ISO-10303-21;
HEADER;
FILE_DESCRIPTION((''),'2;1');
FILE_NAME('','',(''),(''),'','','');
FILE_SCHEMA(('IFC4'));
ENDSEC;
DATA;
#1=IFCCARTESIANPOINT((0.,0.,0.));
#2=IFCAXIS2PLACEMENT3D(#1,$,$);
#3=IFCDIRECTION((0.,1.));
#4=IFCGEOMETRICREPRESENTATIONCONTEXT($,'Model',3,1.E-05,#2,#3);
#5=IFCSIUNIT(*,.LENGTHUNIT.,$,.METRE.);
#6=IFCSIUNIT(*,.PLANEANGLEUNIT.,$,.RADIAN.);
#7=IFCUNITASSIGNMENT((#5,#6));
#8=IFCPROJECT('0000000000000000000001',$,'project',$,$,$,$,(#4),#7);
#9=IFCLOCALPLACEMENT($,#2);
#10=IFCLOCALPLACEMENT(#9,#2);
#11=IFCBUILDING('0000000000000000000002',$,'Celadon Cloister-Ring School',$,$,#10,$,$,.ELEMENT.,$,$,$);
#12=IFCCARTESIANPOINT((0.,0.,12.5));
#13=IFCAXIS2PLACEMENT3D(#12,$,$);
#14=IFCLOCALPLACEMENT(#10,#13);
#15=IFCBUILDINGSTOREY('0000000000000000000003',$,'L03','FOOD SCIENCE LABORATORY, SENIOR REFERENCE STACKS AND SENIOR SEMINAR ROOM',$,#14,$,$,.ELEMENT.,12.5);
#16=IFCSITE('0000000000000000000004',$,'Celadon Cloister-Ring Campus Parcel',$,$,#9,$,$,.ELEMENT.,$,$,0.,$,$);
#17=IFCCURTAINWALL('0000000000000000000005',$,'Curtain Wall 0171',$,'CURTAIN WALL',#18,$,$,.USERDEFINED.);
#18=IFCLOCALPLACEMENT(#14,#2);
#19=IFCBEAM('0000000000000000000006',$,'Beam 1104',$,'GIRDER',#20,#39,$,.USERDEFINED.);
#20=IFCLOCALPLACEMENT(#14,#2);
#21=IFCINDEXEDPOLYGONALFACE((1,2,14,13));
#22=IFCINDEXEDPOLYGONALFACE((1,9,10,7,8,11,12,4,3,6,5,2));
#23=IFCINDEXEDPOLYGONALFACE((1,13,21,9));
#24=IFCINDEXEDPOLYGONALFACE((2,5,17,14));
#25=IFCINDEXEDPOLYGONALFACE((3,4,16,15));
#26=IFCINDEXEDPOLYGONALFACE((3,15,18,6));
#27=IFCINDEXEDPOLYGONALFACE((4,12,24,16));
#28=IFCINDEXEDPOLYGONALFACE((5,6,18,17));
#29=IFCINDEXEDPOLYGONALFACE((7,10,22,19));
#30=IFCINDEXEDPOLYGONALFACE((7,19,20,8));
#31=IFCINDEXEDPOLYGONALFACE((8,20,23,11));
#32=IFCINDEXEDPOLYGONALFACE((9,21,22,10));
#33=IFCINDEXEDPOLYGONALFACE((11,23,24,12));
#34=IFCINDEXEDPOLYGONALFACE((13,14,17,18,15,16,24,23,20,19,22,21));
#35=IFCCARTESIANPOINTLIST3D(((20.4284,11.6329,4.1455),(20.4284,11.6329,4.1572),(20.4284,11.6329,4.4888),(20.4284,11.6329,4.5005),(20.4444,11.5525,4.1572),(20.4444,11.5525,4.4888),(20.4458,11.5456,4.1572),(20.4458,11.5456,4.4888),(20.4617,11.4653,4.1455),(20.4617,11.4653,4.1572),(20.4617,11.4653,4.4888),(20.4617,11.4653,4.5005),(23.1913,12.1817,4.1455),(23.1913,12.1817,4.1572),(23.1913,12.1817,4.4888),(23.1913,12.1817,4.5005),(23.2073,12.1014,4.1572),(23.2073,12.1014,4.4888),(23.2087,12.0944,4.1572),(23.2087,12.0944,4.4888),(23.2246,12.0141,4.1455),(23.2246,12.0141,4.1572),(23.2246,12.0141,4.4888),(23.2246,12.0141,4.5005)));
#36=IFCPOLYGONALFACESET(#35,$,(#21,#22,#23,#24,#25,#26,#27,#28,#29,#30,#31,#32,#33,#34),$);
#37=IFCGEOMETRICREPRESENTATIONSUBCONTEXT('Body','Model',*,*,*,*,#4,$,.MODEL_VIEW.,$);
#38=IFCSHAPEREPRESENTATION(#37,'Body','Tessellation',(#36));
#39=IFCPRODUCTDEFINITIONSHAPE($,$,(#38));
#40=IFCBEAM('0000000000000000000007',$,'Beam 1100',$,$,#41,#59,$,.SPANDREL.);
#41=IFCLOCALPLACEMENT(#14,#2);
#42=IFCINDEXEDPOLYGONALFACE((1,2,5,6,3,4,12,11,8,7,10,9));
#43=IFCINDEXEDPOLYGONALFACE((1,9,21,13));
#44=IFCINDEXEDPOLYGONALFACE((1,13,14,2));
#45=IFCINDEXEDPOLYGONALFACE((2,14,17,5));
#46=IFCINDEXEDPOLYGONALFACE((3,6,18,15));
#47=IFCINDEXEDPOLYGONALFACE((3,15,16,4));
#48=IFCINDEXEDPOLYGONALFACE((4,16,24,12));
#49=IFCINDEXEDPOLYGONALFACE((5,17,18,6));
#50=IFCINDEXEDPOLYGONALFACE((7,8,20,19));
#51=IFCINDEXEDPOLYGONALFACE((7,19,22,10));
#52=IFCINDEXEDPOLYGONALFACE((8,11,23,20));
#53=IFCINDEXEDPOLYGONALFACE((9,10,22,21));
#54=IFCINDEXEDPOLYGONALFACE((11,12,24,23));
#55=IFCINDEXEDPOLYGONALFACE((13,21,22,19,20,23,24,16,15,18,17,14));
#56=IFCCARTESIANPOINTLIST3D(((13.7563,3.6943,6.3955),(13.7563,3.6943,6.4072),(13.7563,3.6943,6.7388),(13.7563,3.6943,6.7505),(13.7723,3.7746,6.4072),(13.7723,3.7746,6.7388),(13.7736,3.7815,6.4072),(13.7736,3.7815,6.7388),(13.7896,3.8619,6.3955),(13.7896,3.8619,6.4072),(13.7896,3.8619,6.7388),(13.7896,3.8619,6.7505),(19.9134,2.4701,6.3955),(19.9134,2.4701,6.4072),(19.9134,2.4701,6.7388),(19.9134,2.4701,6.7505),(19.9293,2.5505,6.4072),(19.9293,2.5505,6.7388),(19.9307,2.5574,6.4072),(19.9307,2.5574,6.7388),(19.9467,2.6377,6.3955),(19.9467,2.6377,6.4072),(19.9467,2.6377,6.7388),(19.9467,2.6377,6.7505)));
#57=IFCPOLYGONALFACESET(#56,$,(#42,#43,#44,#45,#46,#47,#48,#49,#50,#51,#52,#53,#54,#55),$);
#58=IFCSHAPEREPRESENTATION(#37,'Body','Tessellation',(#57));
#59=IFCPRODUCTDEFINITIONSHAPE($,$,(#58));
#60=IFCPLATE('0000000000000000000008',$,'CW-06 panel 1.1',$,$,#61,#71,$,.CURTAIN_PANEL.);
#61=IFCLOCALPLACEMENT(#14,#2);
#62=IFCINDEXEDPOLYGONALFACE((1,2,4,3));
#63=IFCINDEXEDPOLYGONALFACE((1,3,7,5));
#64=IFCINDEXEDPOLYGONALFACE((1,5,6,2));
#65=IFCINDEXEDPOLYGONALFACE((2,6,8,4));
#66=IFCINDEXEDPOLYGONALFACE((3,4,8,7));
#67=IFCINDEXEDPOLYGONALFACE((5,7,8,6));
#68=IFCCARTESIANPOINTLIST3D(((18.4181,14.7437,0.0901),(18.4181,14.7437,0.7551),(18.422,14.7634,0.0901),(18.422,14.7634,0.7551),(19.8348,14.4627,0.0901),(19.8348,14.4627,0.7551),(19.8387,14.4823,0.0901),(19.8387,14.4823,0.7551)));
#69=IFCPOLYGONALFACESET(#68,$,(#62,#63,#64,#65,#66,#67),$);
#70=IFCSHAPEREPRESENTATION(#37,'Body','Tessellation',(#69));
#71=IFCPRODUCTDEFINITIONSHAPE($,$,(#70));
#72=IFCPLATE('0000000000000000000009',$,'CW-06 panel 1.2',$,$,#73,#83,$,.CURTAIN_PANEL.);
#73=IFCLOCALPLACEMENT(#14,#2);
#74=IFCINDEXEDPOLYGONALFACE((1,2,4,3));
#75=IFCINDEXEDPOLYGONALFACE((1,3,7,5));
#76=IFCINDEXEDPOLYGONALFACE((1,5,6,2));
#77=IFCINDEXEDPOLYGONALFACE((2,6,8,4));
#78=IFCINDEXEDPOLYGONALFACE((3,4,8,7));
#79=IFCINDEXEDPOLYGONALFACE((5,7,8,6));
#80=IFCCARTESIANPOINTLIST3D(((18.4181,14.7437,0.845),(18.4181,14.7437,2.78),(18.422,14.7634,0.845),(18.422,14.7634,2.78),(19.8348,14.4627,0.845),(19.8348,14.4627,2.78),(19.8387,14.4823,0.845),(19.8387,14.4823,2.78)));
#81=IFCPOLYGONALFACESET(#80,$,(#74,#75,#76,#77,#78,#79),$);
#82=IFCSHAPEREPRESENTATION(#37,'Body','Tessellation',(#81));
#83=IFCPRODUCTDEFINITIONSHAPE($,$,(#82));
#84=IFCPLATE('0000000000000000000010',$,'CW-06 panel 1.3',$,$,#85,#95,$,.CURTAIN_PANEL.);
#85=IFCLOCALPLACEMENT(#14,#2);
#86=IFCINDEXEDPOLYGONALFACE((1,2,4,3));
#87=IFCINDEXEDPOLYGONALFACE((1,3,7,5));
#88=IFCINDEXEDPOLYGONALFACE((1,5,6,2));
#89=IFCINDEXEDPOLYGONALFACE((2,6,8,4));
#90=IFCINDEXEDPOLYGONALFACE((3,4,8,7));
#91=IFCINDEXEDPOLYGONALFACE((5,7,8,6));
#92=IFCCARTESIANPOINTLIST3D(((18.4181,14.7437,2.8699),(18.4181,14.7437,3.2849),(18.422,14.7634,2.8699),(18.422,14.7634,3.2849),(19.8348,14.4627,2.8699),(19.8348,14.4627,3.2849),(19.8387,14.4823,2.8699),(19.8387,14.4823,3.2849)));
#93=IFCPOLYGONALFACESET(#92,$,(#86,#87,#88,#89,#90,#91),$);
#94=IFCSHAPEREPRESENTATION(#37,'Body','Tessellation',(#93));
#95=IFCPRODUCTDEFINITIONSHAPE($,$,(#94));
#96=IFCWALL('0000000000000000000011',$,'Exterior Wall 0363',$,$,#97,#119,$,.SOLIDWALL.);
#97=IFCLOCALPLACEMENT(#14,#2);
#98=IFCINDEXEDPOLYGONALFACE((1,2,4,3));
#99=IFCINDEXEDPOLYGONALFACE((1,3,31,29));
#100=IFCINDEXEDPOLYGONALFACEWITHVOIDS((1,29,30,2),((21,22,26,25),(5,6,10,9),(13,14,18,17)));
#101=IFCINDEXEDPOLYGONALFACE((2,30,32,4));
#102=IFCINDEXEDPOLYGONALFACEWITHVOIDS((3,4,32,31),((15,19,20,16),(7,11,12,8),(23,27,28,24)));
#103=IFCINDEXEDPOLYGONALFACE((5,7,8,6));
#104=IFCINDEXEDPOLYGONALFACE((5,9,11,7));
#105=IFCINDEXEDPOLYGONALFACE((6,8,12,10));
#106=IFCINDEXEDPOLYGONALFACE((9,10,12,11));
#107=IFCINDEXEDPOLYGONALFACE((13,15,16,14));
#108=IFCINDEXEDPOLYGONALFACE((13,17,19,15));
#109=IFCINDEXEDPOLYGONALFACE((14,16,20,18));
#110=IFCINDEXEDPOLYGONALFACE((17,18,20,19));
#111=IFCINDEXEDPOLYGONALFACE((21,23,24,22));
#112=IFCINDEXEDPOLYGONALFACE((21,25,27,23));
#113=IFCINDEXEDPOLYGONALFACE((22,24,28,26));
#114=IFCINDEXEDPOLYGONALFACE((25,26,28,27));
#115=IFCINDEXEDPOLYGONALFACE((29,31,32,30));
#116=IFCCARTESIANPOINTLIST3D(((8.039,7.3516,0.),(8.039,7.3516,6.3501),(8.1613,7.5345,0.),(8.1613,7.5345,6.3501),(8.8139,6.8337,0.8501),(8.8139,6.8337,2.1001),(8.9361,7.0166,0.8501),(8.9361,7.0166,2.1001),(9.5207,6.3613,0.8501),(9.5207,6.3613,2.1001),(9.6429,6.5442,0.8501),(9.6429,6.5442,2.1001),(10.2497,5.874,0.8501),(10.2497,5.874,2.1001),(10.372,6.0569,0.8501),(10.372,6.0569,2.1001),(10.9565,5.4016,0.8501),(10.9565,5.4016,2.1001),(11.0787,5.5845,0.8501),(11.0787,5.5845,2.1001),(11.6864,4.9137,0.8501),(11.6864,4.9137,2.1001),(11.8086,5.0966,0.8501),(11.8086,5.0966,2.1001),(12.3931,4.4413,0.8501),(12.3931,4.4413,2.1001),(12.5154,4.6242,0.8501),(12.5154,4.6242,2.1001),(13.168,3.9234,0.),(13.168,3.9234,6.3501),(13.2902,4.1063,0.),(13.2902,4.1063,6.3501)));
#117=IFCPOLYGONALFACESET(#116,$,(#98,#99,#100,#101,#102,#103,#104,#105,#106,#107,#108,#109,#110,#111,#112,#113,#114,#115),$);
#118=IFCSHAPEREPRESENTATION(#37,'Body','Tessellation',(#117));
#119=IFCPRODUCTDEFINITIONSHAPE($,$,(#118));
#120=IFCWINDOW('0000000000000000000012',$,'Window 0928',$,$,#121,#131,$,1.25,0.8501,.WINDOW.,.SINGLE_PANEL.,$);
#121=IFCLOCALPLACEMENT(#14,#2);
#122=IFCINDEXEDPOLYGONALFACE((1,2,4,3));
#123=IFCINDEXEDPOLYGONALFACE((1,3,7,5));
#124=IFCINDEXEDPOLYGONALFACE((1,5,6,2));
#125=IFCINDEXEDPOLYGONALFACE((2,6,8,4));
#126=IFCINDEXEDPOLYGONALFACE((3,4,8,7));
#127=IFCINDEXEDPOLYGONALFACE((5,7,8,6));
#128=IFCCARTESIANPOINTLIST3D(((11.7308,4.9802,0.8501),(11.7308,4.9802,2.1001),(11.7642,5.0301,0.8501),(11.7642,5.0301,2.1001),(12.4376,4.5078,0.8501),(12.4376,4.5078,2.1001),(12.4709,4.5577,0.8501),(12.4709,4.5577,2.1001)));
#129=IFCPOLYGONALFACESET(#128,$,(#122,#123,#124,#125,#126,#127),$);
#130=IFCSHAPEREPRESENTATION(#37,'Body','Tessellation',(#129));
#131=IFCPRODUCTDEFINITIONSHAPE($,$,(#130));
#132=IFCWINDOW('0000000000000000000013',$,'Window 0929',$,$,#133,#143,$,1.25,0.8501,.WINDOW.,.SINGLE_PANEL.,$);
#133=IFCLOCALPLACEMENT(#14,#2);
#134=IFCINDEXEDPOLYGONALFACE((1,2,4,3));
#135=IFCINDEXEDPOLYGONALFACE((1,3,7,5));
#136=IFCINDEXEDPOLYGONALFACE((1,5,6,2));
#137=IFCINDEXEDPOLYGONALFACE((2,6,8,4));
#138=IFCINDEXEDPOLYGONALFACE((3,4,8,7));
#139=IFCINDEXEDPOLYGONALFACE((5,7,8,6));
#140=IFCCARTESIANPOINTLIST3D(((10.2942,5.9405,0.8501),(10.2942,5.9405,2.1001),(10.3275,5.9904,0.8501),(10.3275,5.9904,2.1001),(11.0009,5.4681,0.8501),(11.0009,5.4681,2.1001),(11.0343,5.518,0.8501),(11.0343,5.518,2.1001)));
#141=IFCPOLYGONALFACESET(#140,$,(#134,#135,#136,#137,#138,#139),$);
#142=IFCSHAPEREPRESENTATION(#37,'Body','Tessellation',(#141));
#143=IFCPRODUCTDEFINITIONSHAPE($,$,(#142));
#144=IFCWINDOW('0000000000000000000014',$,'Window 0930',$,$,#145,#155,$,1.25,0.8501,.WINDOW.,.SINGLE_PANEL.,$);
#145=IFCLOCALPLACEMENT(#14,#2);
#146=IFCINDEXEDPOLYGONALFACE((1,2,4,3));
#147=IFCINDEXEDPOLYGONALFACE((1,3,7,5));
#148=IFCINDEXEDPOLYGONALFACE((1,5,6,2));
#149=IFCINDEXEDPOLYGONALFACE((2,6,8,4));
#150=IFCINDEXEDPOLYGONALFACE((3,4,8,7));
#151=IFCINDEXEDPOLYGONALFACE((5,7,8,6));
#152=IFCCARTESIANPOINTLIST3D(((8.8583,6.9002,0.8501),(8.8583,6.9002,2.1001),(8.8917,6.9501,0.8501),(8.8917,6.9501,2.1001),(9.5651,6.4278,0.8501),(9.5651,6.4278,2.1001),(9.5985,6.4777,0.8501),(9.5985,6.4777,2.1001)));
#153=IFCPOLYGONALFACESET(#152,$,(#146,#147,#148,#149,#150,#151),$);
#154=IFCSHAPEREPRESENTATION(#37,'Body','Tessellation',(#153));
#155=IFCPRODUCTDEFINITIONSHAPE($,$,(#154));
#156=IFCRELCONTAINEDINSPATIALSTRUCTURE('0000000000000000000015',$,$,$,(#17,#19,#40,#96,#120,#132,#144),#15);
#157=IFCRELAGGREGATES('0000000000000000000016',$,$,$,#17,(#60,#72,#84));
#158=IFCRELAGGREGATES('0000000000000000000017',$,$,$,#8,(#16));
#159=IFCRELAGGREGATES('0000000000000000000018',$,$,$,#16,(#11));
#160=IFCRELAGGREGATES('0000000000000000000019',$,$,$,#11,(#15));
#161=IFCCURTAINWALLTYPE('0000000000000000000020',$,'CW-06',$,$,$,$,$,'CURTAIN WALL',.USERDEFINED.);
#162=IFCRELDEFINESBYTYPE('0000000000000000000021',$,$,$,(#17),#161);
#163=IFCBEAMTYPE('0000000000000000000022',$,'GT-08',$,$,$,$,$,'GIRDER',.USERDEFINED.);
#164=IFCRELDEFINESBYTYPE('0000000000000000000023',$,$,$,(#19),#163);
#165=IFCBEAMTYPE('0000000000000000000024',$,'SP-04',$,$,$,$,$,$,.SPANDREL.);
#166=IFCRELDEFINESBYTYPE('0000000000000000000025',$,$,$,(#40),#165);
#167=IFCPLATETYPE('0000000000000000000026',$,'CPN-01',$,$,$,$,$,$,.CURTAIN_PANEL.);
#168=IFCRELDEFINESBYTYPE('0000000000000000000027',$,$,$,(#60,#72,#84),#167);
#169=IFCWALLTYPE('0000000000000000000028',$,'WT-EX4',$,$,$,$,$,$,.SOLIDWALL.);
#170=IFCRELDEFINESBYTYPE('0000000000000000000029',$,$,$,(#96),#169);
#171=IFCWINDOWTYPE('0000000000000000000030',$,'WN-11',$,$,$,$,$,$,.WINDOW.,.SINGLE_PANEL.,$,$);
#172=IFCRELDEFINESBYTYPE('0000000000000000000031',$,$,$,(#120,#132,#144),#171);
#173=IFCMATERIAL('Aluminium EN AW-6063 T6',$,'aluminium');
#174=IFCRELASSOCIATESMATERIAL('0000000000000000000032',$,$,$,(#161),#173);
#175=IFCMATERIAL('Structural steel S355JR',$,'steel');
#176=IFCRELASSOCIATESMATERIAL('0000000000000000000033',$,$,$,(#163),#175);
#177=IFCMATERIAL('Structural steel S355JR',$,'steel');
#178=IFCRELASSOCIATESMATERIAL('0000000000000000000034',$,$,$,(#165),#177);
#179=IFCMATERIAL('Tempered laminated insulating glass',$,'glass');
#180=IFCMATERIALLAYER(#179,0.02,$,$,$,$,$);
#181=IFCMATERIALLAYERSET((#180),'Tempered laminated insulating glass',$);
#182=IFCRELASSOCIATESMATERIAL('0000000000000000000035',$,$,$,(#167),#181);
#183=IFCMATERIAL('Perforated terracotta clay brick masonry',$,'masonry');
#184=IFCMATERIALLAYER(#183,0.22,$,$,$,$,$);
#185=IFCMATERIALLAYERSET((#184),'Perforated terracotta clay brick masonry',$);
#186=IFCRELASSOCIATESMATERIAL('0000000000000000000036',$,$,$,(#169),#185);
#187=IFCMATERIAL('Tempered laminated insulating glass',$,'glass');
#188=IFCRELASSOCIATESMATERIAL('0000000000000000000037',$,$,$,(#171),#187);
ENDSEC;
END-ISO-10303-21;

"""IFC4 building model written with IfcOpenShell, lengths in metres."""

from ifc_helpers import new_model, si_unit, direction, frame, frame_2d, origin, origin_2d, place, context, subcontext, project, spatial, rectangle, i_section, extrude, material, layer, layer_set, material_profile, profile_set, type_object, element, fill, aggregate, save


model = new_model("IFC4")

# Units and contexts
model_context = context("Model", 3, precision=1e-05, world=origin(), true_north=direction((0.0, 1.0)))
body_context = subcontext(model_context, "Body", "Model", "MODEL_VIEW")
ifc_project = project(units=[si_unit("LENGTHUNIT", "METRE"), si_unit("PLANEANGLEUNIT", "RADIAN")], contexts=[model_context])

# Site, building, storey
site_placement = place(None, origin())
site = spatial("IfcSite", under=ifc_project, at=site_placement, Name="Celadon Cloister-Ring Campus Parcel", CompositionType="ELEMENT", RefElevation=0.0)
building_placement = place(site_placement, origin())
building = spatial("IfcBuilding", under=site, at=building_placement, Name="Celadon Cloister-Ring School", CompositionType="ELEMENT")
storey_placement = place(building_placement, frame((0.0, 0.0, 12.5)))
storey = spatial("IfcBuildingStorey", under=building, at=storey_placement, Name="L03", Description="FOOD SCIENCE LABORATORY, SENIOR REFERENCE STACKS AND SENIOR SEMINAR ROOM", CompositionType="ELEMENT", Elevation=12.5)

# Curtain wall
ifc_material_1 = material(Name="Aluminium EN AW-6063 T6", Category="aluminium")
curtain_wall_type = type_object("IfcCurtainWallType", Name="CW-06", ElementType="CURTAIN WALL", PredefinedType="USERDEFINED", material=ifc_material_1)
curtain_wall_placement = place(storey_placement, origin())
curtain_wall = element("IfcCurtainWall", 1, at=curtain_wall_placement, inside=storey, type_object=curtain_wall_type, Name="Curtain Wall 0171", ObjectType="CURTAIN WALL", PredefinedType="USERDEFINED")

# Beams
ifc_material_2 = material(Name="Structural steel S355JR", Category="steel")
ifc_material_profile_1 = material_profile(ifc_material_2, i_section(OverallWidth=0.1709, OverallDepth=0.355, WebThickness=0.0071, FlangeThickness=0.0117, at=origin_2d()), Name="W360X51")
ifc_profile_set_1 = profile_set([ifc_material_profile_1], Name="Structural steel S355JR")
beam_type_1 = type_object("IfcBeamType", Name="GT-08", ElementType="GIRDER", PredefinedType="USERDEFINED", material=ifc_profile_set_1)
beam_1_placement = place(storey_placement, frame((20.4451, 11.5491, 4.323), z_axis=(0.980837, 0.194833, 0.0), x_axis=(-0.194833, 0.980837, 0.0)))
element("IfcBeam", 2, at=beam_1_placement, inside=storey, type_object=beam_type_1, Name="Beam 1104", ObjectType="GIRDER", PredefinedType="USERDEFINED", context=body_context, shape_type="SweptSolid", body=[
    extrude(i_section(OverallWidth=0.1709, OverallDepth=0.355, WebThickness=0.0071, FlangeThickness=0.0117, at=origin_2d()), origin(), (0.0, 0.0, 1.0), 2.8169),
])
ifc_material_3 = material(Name="Structural steel S355JR", Category="steel")
ifc_material_profile_2 = material_profile(ifc_material_3, i_section(OverallWidth=0.1709, OverallDepth=0.355, WebThickness=0.0071, FlangeThickness=0.0117, at=origin_2d()), Name="W360X51")
ifc_profile_set_2 = profile_set([ifc_material_profile_2], Name="Structural steel S355JR")
beam_type_2 = type_object("IfcBeamType", Name="SP-04", PredefinedType="SPANDREL", material=ifc_profile_set_2)
beam_2_placement = place(storey_placement, frame((13.7729, 3.7781, 6.573), z_axis=(0.980803, -0.195002, 0.0), x_axis=(0.195002, 0.980803, 0.0)))
element("IfcBeam", 3, at=beam_2_placement, inside=storey, type_object=beam_type_2, Name="Beam 1100", PredefinedType="SPANDREL", context=body_context, shape_type="SweptSolid", body=[
    extrude(i_section(OverallWidth=0.1709, OverallDepth=0.355, WebThickness=0.0071, FlangeThickness=0.0117, at=origin_2d()), origin(), (0.0, 0.0, 1.0), 6.2776),
])

# Plates
ifc_material_4 = material(Name="Tempered laminated insulating glass", Category="glass")
ifc_layer_1 = layer(ifc_material_4, 0.02)
ifc_layer_set_1 = layer_set([ifc_layer_1], Name="Tempered laminated insulating glass")
plate_type = type_object("IfcPlateType", Name="CPN-01", PredefinedType="CURTAIN_PANEL", material=ifc_layer_set_1)
plate_1_placement = place(storey_placement, frame((19.1284, 14.613, 0.0901), z_axis=(0.0, 0.0, 1.0), x_axis=(0.980885, -0.194586, 0.0)))
plate_1 = element("IfcPlate", 4, at=plate_1_placement, type_object=plate_type, Name="CW-06 panel 1.1", PredefinedType="CURTAIN_PANEL", context=body_context, shape_type="SweptSolid", body=[
    extrude(rectangle(XDim=1.4443, YDim=0.02, at=origin_2d()), origin(), (0.0, 0.0, 1.0), 0.665),
])
plate_2_placement = place(storey_placement, frame((19.1284, 14.613, 0.845), z_axis=(0.0, 0.0, 1.0), x_axis=(0.980885, -0.194586, 0.0)))
plate_2 = element("IfcPlate", 5, at=plate_2_placement, type_object=plate_type, Name="CW-06 panel 1.2", PredefinedType="CURTAIN_PANEL", context=body_context, shape_type="SweptSolid", body=[
    extrude(rectangle(XDim=1.4443, YDim=0.02, at=origin_2d()), origin(), (0.0, 0.0, 1.0), 1.9351),
])
plate_3_placement = place(storey_placement, frame((19.1284, 14.613, 2.8699), z_axis=(0.0, 0.0, 1.0), x_axis=(0.980885, -0.194586, 0.0)))
plate_3 = element("IfcPlate", 6, at=plate_3_placement, type_object=plate_type, Name="CW-06 panel 1.3", PredefinedType="CURTAIN_PANEL", context=body_context, shape_type="SweptSolid", body=[
    extrude(rectangle(XDim=1.4443, YDim=0.02, at=origin_2d()), origin(), (0.0, 0.0, 1.0), 0.415),
])
aggregate(curtain_wall, [plate_1, plate_2, plate_3])

# Wall, openings, windows
ifc_material_5 = material(Name="Perforated terracotta clay brick masonry", Category="masonry")
ifc_layer_2 = layer(ifc_material_5, 0.22)
ifc_layer_set_2 = layer_set([ifc_layer_2], Name="Perforated terracotta clay brick masonry")
wall_type_1 = type_object("IfcWallType", Name="WT-EX4", PredefinedType="SOLIDWALL", material=ifc_layer_set_2)
wall_1_placement = place(storey_placement, frame((13.229, 4.0149, 0.0), z_axis=(0.0, 0.0, 1.0), x_axis=(-0.83138, 0.555704, 0.0)))
wall_1 = element("IfcWall", 7, at=wall_1_placement, inside=storey, type_object=wall_type_1, Name="Exterior Wall 0363", PredefinedType="SOLIDWALL", context=body_context, shape_type="SweptSolid", body=[
    extrude(rectangle(XDim=6.1692, YDim=0.22, at=frame_2d((3.0845, 0.0))), origin(), (0.0, 0.0, 1.0), 6.3501),
])
opening_1_placement = place(wall_1_placement, frame((0.9319, 0.0, 0.8501)))
opening_1 = element("IfcOpeningElement", 8, at=opening_1_placement, cuts=wall_1, PredefinedType="OPENING", context=body_context, shape_type="SweptSolid", body=[
    extrude(rectangle(XDim=0.8501, YDim=1.25, at=frame_2d((0.425, 0.625))), frame((0.0, 0.1201, 0.0), z_axis=(0.0, -1.0, 0.0), x_axis=(1.0, 0.0, 0.0)), (0.0, 0.0, 1.0), 0.24),
])
opening_2_placement = place(wall_1_placement, frame((2.6599, 0.0, 0.8501)))
opening_2 = element("IfcOpeningElement", 9, at=opening_2_placement, cuts=wall_1, PredefinedType="OPENING", context=body_context, shape_type="SweptSolid", body=[
    extrude(rectangle(XDim=0.8501, YDim=1.25, at=frame_2d((0.425, 0.625))), frame((0.0, 0.1201, 0.0), z_axis=(0.0, -1.0, 0.0), x_axis=(1.0, 0.0, 0.0)), (0.0, 0.0, 1.0), 0.24),
])
opening_3_placement = place(wall_1_placement, frame((4.387, 0.0, 0.8501)))
opening_3 = element("IfcOpeningElement", 10, at=opening_3_placement, cuts=wall_1, PredefinedType="OPENING", context=body_context, shape_type="SweptSolid", body=[
    extrude(rectangle(XDim=0.8501, YDim=1.25, at=frame_2d((0.425, 0.625))), frame((0.0, 0.1201, 0.0), z_axis=(0.0, -1.0, 0.0), x_axis=(1.0, 0.0, 0.0)), (0.0, 0.0, 1.0), 0.24),
])
ifc_material_6 = material(Name="Tempered laminated insulating glass", Category="glass")
window_type = type_object("IfcWindowType", Name="WN-11", PartitioningType="SINGLE_PANEL", PredefinedType="WINDOW", material=ifc_material_6)
window_1_placement = place(opening_1_placement, origin())
window_1 = element("IfcWindow", 11, at=window_1_placement, inside=storey, type_object=window_type, Name="Window 0928", OverallHeight=1.25, OverallWidth=0.8501, PartitioningType="SINGLE_PANEL", PredefinedType="WINDOW", context=body_context, shape_type="SweptSolid", body=[
    extrude(rectangle(XDim=0.8501, YDim=1.25, at=frame_2d((0.425, 0.625))), frame((0.0, 0.03, 0.0), z_axis=(0.0, -1.0, 0.0), x_axis=(1.0, 0.0, 0.0)), (0.0, 0.0, 1.0), 0.0601),
])
fill(opening_1, window_1)
window_2_placement = place(opening_2_placement, origin())
window_2 = element("IfcWindow", 12, at=window_2_placement, inside=storey, type_object=window_type, Name="Window 0929", OverallHeight=1.25, OverallWidth=0.8501, PartitioningType="SINGLE_PANEL", PredefinedType="WINDOW", context=body_context, shape_type="SweptSolid", body=[
    extrude(rectangle(XDim=0.8501, YDim=1.25, at=frame_2d((0.425, 0.625))), frame((0.0, 0.03, 0.0), z_axis=(0.0, -1.0, 0.0), x_axis=(1.0, 0.0, 0.0)), (0.0, 0.0, 1.0), 0.0601),
])
fill(opening_2, window_2)
window_3_placement = place(opening_3_placement, origin())
window_3 = element("IfcWindow", 13, at=window_3_placement, inside=storey, type_object=window_type, Name="Window 0930", OverallHeight=1.25, OverallWidth=0.8501, PartitioningType="SINGLE_PANEL", PredefinedType="WINDOW", context=body_context, shape_type="SweptSolid", body=[
    extrude(rectangle(XDim=0.8501, YDim=1.25, at=frame_2d((0.425, 0.625))), frame((0.0, 0.03, 0.0), z_axis=(0.0, -1.0, 0.0), x_axis=(1.0, 0.0, 0.0)), (0.0, 0.0, 1.0), 0.0601),
])
fill(opening_3, window_3)

save(model, "model.ifc")
